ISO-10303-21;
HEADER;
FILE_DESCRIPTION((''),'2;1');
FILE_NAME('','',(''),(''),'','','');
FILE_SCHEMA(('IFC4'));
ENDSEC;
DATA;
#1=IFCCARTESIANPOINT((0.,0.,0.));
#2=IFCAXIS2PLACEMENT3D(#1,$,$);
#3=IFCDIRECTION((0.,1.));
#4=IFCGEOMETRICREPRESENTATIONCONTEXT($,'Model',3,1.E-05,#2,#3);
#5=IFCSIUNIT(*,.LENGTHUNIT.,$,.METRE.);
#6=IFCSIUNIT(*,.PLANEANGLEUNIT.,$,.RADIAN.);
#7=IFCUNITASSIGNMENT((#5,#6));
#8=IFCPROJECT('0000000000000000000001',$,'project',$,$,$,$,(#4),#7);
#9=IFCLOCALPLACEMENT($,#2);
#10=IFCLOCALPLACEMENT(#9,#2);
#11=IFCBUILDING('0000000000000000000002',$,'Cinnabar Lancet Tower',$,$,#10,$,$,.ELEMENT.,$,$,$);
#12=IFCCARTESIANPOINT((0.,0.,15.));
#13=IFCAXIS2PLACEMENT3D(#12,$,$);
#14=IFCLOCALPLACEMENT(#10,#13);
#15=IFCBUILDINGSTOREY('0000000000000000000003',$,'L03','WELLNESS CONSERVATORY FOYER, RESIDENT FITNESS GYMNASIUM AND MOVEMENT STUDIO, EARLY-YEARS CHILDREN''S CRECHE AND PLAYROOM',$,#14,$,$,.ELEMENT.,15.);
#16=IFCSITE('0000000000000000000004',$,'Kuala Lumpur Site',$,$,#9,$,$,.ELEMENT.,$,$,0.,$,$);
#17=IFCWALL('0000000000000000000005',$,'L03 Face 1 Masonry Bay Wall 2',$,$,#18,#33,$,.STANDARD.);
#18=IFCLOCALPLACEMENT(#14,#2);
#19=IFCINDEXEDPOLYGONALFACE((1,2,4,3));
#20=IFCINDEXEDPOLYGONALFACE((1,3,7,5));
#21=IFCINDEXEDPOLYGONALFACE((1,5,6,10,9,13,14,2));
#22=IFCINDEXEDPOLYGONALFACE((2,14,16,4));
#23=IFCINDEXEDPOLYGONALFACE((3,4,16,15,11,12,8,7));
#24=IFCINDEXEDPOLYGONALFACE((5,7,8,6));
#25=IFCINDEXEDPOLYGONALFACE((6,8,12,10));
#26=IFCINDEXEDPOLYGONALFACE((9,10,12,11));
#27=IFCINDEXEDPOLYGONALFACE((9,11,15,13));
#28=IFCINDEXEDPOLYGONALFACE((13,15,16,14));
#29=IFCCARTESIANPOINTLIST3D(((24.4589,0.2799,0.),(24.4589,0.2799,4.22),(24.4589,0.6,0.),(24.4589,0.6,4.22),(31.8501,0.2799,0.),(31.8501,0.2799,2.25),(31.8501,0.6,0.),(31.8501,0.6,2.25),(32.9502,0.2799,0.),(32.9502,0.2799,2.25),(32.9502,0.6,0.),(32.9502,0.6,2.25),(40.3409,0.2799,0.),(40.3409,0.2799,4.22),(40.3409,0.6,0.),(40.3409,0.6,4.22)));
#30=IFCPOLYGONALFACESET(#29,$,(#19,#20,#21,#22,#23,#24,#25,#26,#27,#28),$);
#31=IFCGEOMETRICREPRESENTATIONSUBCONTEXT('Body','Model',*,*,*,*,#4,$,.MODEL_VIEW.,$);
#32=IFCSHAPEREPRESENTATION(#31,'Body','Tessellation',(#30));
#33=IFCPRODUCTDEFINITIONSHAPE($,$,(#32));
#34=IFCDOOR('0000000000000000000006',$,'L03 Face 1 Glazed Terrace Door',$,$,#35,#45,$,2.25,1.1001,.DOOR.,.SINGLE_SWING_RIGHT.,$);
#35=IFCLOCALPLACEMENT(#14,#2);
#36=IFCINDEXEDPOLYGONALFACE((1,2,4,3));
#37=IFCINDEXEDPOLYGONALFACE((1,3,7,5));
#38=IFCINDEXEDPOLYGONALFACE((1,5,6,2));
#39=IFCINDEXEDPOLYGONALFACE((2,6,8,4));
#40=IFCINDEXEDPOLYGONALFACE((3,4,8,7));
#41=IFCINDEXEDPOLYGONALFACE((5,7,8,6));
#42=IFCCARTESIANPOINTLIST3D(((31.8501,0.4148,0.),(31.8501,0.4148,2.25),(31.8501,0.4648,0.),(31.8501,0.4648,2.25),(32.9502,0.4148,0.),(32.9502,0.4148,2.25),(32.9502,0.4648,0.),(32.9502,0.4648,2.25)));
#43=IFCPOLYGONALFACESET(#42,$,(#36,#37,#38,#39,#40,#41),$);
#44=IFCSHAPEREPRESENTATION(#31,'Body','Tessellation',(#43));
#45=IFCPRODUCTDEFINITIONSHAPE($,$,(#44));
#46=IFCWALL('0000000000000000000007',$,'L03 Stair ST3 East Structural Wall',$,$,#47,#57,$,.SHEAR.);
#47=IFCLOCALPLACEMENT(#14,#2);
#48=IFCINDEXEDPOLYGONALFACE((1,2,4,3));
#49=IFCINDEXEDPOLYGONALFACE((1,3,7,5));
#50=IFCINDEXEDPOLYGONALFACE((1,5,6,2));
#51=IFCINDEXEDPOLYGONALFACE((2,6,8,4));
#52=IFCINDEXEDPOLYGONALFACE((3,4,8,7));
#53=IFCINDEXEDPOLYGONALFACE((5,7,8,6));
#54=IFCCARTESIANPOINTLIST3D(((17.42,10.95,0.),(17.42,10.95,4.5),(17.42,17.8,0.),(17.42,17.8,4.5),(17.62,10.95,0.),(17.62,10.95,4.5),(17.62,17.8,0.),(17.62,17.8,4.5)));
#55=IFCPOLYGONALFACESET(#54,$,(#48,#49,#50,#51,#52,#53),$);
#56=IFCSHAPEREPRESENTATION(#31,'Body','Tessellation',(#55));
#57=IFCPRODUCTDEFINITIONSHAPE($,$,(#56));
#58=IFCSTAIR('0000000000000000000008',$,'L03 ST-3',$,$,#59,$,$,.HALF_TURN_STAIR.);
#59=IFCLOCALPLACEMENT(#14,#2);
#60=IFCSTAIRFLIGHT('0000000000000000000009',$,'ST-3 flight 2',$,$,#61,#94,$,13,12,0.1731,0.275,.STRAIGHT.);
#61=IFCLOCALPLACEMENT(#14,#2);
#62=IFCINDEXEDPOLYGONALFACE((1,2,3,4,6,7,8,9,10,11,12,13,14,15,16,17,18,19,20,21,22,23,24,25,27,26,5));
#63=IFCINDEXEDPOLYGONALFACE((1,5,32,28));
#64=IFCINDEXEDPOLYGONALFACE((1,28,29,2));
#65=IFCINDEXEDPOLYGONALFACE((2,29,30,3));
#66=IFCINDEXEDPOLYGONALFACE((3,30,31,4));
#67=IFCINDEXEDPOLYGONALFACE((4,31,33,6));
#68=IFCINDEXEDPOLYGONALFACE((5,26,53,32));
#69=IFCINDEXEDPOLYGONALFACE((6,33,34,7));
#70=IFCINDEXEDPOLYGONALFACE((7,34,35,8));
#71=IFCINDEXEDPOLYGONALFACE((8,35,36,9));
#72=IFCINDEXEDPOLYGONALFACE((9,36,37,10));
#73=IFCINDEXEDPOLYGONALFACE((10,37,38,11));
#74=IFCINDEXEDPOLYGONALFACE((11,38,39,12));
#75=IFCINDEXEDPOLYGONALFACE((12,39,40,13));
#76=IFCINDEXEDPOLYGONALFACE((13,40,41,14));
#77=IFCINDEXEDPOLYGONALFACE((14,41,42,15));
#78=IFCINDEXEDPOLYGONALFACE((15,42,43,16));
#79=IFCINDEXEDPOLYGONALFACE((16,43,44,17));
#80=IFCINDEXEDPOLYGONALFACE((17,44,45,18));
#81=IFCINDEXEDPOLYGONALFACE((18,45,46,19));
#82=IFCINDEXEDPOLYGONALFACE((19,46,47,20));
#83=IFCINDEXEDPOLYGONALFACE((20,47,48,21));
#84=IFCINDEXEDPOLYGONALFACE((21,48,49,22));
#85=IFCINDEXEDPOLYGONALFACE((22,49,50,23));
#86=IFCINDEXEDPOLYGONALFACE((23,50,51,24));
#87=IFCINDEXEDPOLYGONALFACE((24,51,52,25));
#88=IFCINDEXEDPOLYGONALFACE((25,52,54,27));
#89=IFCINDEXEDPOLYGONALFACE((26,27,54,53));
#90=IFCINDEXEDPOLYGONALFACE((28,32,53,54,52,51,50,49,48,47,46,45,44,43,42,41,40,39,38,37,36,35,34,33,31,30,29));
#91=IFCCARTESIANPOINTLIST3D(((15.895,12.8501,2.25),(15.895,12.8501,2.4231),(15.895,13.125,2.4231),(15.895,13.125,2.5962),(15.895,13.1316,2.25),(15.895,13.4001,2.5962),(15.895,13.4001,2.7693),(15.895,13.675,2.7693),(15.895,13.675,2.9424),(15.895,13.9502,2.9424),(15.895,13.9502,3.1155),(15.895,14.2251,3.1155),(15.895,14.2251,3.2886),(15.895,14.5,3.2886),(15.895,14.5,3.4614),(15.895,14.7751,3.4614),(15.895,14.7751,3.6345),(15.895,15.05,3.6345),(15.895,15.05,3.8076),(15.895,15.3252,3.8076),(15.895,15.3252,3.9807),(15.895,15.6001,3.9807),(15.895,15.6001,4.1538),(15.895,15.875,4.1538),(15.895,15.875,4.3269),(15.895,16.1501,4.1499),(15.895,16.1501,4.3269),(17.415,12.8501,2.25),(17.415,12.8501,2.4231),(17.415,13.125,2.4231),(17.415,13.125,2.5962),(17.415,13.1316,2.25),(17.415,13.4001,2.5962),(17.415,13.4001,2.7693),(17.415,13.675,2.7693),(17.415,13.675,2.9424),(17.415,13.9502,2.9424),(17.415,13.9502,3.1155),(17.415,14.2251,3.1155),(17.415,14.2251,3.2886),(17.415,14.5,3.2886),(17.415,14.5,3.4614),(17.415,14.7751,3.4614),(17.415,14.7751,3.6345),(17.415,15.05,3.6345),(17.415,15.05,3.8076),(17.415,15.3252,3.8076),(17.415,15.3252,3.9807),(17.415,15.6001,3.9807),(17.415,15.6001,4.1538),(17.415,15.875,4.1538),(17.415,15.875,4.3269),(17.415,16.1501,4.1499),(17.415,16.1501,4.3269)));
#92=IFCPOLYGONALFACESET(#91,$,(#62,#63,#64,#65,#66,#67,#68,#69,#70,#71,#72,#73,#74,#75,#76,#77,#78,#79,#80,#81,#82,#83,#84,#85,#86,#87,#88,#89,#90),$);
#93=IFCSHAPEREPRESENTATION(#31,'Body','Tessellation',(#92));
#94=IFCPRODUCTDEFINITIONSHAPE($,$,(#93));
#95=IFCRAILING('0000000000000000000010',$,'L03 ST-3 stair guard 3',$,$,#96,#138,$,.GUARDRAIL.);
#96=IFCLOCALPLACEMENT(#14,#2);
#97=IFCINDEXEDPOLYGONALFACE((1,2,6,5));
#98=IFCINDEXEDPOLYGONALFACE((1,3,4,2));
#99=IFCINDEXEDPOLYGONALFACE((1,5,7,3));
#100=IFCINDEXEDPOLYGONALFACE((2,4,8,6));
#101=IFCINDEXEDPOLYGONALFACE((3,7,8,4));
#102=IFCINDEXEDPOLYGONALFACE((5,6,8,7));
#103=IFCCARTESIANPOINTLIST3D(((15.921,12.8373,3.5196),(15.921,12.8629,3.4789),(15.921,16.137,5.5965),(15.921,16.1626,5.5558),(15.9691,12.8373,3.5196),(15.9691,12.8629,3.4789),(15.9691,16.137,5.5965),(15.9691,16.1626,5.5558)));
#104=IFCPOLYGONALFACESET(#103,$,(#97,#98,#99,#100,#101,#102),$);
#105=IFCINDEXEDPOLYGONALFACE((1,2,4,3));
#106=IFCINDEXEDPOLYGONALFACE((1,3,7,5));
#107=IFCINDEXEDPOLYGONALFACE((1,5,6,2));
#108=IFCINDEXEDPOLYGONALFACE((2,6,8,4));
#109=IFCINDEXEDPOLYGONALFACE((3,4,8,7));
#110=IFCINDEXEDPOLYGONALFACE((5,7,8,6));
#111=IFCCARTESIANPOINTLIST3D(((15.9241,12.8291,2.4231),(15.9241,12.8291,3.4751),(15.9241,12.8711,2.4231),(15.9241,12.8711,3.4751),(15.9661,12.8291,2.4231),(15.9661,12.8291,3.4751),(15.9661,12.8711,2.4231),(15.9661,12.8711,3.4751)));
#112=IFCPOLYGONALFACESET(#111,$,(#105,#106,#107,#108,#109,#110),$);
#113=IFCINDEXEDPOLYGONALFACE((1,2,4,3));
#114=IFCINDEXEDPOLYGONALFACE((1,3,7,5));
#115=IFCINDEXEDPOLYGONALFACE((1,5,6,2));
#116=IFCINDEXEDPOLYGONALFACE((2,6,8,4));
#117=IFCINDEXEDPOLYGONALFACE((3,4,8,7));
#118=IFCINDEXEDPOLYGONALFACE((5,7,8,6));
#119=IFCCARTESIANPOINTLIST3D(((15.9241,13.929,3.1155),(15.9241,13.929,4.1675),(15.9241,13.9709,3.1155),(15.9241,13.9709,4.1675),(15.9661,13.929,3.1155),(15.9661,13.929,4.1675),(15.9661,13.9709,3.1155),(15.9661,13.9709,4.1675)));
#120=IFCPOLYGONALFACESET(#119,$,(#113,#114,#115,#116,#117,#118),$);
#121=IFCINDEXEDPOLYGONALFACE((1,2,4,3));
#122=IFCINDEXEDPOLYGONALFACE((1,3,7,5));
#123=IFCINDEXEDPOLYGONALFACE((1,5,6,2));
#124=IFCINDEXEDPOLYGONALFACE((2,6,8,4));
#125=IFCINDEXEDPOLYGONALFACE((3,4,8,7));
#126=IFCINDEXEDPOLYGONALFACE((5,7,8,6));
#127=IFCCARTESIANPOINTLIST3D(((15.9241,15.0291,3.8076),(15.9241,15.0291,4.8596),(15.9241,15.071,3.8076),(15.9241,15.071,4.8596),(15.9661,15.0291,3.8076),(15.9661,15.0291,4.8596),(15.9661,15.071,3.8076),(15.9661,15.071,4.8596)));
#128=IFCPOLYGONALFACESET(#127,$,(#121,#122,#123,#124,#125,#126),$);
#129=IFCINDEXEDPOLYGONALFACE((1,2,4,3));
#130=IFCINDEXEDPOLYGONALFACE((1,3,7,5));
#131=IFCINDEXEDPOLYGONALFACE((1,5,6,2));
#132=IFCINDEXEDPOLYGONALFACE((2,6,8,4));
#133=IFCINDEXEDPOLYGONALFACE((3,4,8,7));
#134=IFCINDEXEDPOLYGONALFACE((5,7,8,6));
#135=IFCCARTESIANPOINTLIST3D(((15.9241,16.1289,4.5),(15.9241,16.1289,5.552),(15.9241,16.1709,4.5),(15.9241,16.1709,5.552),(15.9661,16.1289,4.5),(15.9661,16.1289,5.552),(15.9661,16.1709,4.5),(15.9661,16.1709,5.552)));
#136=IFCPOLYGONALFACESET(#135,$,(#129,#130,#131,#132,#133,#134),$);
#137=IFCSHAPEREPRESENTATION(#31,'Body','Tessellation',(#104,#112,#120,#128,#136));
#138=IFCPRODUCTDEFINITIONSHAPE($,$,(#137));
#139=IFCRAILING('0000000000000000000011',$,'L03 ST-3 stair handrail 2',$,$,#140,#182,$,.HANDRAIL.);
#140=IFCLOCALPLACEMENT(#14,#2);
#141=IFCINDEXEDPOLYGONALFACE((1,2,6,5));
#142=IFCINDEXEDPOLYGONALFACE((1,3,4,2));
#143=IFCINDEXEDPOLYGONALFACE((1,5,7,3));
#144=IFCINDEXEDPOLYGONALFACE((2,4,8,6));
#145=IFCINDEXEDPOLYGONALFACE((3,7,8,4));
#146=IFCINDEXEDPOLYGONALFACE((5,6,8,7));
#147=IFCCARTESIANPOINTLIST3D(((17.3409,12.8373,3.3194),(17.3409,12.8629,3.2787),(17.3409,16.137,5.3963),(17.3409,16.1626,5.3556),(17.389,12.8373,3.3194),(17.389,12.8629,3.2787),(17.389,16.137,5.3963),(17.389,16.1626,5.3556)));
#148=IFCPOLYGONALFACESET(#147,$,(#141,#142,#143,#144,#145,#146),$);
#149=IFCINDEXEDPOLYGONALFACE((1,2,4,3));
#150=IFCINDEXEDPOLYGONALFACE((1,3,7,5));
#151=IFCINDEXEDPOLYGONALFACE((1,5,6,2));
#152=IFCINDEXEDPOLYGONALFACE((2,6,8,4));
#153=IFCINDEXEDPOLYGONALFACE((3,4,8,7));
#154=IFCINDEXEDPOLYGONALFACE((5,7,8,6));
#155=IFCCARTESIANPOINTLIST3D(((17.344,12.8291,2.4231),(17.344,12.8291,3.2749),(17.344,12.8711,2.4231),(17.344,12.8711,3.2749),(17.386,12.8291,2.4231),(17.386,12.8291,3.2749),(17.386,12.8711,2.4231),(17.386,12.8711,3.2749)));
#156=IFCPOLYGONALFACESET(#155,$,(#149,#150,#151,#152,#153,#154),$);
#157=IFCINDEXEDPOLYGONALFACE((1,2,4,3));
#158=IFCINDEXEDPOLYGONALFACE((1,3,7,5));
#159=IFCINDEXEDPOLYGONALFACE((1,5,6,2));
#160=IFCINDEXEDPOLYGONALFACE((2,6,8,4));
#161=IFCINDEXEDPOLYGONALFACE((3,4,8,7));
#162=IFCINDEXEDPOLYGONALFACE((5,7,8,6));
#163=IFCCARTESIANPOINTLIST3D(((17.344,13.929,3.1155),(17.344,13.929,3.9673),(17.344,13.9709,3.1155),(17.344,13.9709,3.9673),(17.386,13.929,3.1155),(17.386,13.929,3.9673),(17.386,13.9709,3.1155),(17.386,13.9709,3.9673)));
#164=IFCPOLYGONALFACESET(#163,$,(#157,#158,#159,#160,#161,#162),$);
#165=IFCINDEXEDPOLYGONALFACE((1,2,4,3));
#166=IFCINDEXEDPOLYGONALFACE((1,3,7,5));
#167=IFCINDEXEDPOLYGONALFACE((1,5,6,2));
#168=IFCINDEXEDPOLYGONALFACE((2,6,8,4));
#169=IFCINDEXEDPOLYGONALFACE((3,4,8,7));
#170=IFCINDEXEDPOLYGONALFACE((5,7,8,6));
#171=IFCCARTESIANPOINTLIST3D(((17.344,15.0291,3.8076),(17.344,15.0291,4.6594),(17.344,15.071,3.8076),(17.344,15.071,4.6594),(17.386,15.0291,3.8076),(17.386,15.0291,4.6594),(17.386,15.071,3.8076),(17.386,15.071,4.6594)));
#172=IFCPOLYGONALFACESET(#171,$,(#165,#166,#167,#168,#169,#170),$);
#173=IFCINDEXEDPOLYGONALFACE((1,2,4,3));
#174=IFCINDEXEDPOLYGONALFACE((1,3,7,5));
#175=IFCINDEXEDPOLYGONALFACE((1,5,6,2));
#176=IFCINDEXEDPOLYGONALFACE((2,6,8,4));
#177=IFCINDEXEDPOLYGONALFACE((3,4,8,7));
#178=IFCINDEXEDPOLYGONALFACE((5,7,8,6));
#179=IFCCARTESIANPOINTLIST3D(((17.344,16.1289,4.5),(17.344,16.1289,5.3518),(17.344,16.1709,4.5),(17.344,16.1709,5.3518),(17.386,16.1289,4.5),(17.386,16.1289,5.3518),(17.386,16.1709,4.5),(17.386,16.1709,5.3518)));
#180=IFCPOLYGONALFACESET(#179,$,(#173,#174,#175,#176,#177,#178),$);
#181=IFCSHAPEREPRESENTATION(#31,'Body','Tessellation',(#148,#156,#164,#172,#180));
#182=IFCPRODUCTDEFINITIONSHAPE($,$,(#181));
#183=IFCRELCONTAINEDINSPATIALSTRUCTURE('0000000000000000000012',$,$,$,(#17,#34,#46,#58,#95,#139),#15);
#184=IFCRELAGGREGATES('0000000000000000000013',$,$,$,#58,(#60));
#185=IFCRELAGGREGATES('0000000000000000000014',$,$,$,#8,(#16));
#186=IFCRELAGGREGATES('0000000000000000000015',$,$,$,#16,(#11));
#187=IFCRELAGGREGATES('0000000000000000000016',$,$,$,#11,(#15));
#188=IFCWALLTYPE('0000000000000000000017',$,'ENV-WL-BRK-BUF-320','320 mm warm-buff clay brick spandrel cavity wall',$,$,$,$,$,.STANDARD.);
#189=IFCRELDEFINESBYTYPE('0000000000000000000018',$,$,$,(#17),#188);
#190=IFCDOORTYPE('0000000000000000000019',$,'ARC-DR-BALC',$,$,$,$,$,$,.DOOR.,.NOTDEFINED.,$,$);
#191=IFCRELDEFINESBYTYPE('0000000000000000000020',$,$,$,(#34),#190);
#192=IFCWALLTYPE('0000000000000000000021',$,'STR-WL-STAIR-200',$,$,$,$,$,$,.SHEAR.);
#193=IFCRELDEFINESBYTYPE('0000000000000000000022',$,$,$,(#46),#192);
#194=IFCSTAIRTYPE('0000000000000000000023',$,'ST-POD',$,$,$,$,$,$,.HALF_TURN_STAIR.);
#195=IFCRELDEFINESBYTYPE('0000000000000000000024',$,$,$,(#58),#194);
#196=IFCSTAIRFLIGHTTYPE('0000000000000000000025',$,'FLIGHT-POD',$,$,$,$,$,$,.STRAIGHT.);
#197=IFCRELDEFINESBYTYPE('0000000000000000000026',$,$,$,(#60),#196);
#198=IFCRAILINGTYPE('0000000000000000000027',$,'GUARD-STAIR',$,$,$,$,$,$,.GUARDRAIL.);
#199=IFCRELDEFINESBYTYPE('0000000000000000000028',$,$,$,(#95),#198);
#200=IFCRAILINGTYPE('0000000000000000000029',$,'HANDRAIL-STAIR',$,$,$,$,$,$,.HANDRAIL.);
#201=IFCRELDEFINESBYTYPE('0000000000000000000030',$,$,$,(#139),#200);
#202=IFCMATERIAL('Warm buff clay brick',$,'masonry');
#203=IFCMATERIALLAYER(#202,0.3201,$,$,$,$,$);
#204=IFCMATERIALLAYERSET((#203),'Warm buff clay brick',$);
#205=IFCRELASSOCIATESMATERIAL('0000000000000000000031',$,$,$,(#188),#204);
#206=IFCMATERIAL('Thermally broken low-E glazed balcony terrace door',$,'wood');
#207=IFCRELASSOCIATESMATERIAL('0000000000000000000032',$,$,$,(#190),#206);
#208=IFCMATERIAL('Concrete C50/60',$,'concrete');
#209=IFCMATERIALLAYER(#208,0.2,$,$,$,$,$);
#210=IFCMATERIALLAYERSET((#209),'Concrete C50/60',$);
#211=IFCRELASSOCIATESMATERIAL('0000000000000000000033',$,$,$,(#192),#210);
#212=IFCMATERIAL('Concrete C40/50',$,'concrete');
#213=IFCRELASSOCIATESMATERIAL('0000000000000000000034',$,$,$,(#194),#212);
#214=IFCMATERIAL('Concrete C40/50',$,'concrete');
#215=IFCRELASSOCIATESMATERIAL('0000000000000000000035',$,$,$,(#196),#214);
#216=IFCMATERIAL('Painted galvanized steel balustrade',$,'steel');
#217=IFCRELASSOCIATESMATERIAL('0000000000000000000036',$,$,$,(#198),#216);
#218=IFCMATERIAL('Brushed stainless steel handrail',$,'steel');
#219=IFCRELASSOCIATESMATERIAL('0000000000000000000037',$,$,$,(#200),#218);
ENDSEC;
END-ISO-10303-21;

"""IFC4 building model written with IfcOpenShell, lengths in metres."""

from ifc_helpers import new_model, si_unit, direction, frame, frame_2d, origin, origin_2d, place, context, subcontext, project, spatial, polyline, rectangle, outline, extrude, material, layer, layer_set, type_object, element, fill, aggregate, save


model = new_model("IFC4")

# Units and contexts
model_context = context("Model", 3, precision=1e-05, world=origin(), true_north=direction((0.0, 1.0)))
body_context = subcontext(model_context, "Body", "Model", "MODEL_VIEW")
ifc_project = project(units=[si_unit("LENGTHUNIT", "METRE"), si_unit("PLANEANGLEUNIT", "RADIAN")], contexts=[model_context])

# Site, building, storey
site_placement = place(None, origin())
site = spatial("IfcSite", under=ifc_project, at=site_placement, Name="Kuala Lumpur Site", CompositionType="ELEMENT", RefElevation=0.0)
building_placement = place(site_placement, origin())
building = spatial("IfcBuilding", under=site, at=building_placement, Name="Cinnabar Lancet Tower", CompositionType="ELEMENT")
storey_placement = place(building_placement, frame((0.0, 0.0, 15.0)))
storey = spatial("IfcBuildingStorey", under=building, at=storey_placement, Name="L03", Description="WELLNESS CONSERVATORY FOYER, RESIDENT FITNESS GYMNASIUM AND MOVEMENT STUDIO, EARLY-YEARS CHILDREN'S CRECHE AND PLAYROOM", CompositionType="ELEMENT", Elevation=15.0)

# Shared definitions
ifc_material_1 = material(Name="Warm buff clay brick", Category="masonry")
ifc_layer_1 = layer(ifc_material_1, 0.3201)
ifc_layer_set_1 = layer_set([ifc_layer_1], Name="Warm buff clay brick")
wall_type_1 = type_object("IfcWallType", Name="ENV-WL-BRK-BUF-320", Description="320 mm warm-buff clay brick spandrel cavity wall", PredefinedType="STANDARD", material=ifc_layer_set_1)

# Wall, opening, door
wall_1_placement = place(storey_placement, frame((24.459, 0.4399, 0.0), z_axis=(0.0, 0.0, 1.0), x_axis=(1.0, 0.0, 0.0)))
wall_1 = element("IfcWall", 1, at=wall_1_placement, inside=storey, type_object=wall_type_1, Name="L03 Face 1 Masonry Bay Wall 2", PredefinedType="STANDARD", context=body_context, shape_type="SweptSolid", body=[
    extrude(rectangle(XDim=15.8821, YDim=0.3201, at=frame_2d((7.9409, 0.0))), origin(), (0.0, 0.0, 1.0), 4.22),
])
opening_1_placement = place(wall_1_placement, frame((7.3911, 0.0, 0.0)))
opening_1 = element("IfcOpeningElement", 2, at=opening_1_placement, cuts=wall_1, PredefinedType="OPENING", context=body_context, shape_type="SweptSolid", body=[
    extrude(rectangle(XDim=1.1001, YDim=2.25, at=frame_2d((0.55, 1.125))), frame((0.0, 0.1699, 0.0), z_axis=(0.0, -1.0, 0.0), x_axis=(1.0, 0.0, 0.0)), (0.0, 0.0, 1.0), 0.3401),
])
ifc_material_2 = material(Name="Thermally broken low-E glazed balcony terrace door", Category="wood")
door_type_1 = type_object("IfcDoorType", Name="ARC-DR-BALC", OperationType="NOTDEFINED", PredefinedType="DOOR", material=ifc_material_2)
door_1_placement = place(opening_1_placement, origin())
door_1 = element("IfcDoor", 3, at=door_1_placement, inside=storey, type_object=door_type_1, Name="L03 Face 1 Glazed Terrace Door", OperationType="SINGLE_SWING_RIGHT", OverallHeight=2.25, OverallWidth=1.1001, PredefinedType="DOOR", context=body_context, shape_type="SweptSolid", body=[
    extrude(rectangle(XDim=1.1001, YDim=2.25, at=frame_2d((0.55, 1.125))), frame((0.0, 0.0249, 0.0), z_axis=(0.0, -1.0, 0.0), x_axis=(1.0, 0.0, 0.0)), (0.0, 0.0, 1.0), 0.05),
])
fill(opening_1, door_1)

# Wall
ifc_material_3 = material(Name="Concrete C50/60", Category="concrete")
ifc_layer_2 = layer(ifc_material_3, 0.2)
ifc_layer_set_2 = layer_set([ifc_layer_2], Name="Concrete C50/60")
wall_type_2 = type_object("IfcWallType", Name="STR-WL-STAIR-200", PredefinedType="SHEAR", material=ifc_layer_set_2)
wall_2_placement = place(storey_placement, frame((17.52, 10.95, 0.0), z_axis=(0.0, 0.0, 1.0), x_axis=(0.0, 1.0, 0.0)))
element("IfcWall", 4, at=wall_2_placement, inside=storey, type_object=wall_type_2, Name="L03 Stair ST3 East Structural Wall", PredefinedType="SHEAR", context=body_context, shape_type="SweptSolid", body=[
    extrude(rectangle(XDim=6.8501, YDim=0.2, at=frame_2d((3.425, 0.0))), origin(), (0.0, 0.0, 1.0), 4.5),
])

# Stair, stair flight
ifc_material_4 = material(Name="Concrete C40/50", Category="concrete")
stair_type = type_object("IfcStairType", Name="ST-POD", PredefinedType="HALF_TURN_STAIR", material=ifc_material_4)
stair_placement = place(storey_placement, origin())
stair = element("IfcStair", 5, at=stair_placement, inside=storey, type_object=stair_type, Name="L03 ST-3", PredefinedType="HALF_TURN_STAIR")
ifc_material_5 = material(Name="Concrete C40/50", Category="concrete")
stair_flight_type = type_object("IfcStairFlightType", Name="FLIGHT-POD", PredefinedType="STRAIGHT", material=ifc_material_5)
stair_flight_placement = place(storey_placement, frame((16.655, 12.8501, 2.25), z_axis=(0.0, 0.0, 1.0), x_axis=(0.0, 1.0, 0.0)))
stair_flight = element("IfcStairFlight", 6, at=stair_flight_placement, type_object=stair_flight_type, Name="ST-3 flight 2", NumberOfRisers=13, NumberOfTreads=12, PredefinedType="STRAIGHT", RiserHeight=0.1731, TreadLength=0.275, context=body_context, shape_type="SweptSolid", body=[
    extrude(outline(polyline([(0.0, 0.0), (0.0, 0.1731), (0.2749, 0.1731), (0.2749, 0.3462), (0.55, 0.3462), (0.55, 0.5193), (0.825, 0.5193), (0.825, 0.6924), (1.1001, 0.6924), (1.1001, 0.8655), (1.375, 0.8655), (1.375, 1.0386), (1.6499, 1.0386), (1.6499, 1.2114), (1.925, 1.2114), (1.925, 1.3845), (2.2, 1.3845), (2.2, 1.5576), (2.4751, 1.5576), (2.4751, 1.7307), (2.75, 1.7307), (2.75, 1.9038), (3.0249, 1.9038), (3.0249, 2.0769), (3.3, 2.0769), (3.3, 2.25), (3.3, 1.8999), (0.2815, 0.0), (0.0, 0.0)])), frame((0.0, 0.76, 0.0), z_axis=(0.0, -1.0, 0.0), x_axis=(1.0, 0.0, 0.0)), (0.0, 0.0, 1.0), 1.52),
])
aggregate(stair, [stair_flight])

# Railings
ifc_material_6 = material(Name="Painted galvanized steel balustrade", Category="steel")
railing_type_1 = type_object("IfcRailingType", Name="GUARD-STAIR", PredefinedType="GUARDRAIL", material=ifc_material_6)
railing_1_placement = place(storey_placement, frame((15.9451, 12.8501, 2.4231)))
element("IfcRailing", 7, at=railing_1_placement, inside=storey, type_object=railing_type_1, Name="L03 ST-3 stair guard 3", PredefinedType="GUARDRAIL", context=body_context, shape_type="SweptSolid", body=[
    extrude(rectangle(XDim=0.0481, YDim=0.0481, at=origin_2d()), frame((0.0, 0.0, 1.0762), z_axis=(0.0, 0.84632, 0.532675), x_axis=(-1.0, 0.0, 0.0)), (0.0, 0.0, 1.0), 3.8989),
    extrude(rectangle(XDim=0.042, YDim=0.042, at=origin_2d()), origin(), (0.0, 0.0, 1.0), 1.052),
    extrude(rectangle(XDim=0.042, YDim=0.042, at=origin_2d()), frame((0.0, 1.0999, 0.6924)), (0.0, 0.0, 1.0), 1.052),
    extrude(rectangle(XDim=0.042, YDim=0.042, at=origin_2d()), frame((0.0, 2.2, 1.3845)), (0.0, 0.0, 1.0), 1.052),
    extrude(rectangle(XDim=0.042, YDim=0.042, at=origin_2d()), frame((0.0, 3.2998, 2.0769)), (0.0, 0.0, 1.0), 1.052),
])
ifc_material_7 = material(Name="Brushed stainless steel handrail", Category="steel")
railing_type_2 = type_object("IfcRailingType", Name="HANDRAIL-STAIR", PredefinedType="HANDRAIL", material=ifc_material_7)
railing_2_placement = place(storey_placement, frame((17.365, 12.8501, 2.4231)))
element("IfcRailing", 8, at=railing_2_placement, inside=storey, type_object=railing_type_2, Name="L03 ST-3 stair handrail 2", PredefinedType="HANDRAIL", context=body_context, shape_type="SweptSolid", body=[
    extrude(rectangle(XDim=0.0481, YDim=0.0481, at=origin_2d()), frame((0.0, 0.0, 0.876), z_axis=(0.0, 0.84632, 0.532675), x_axis=(-1.0, 0.0, 0.0)), (0.0, 0.0, 1.0), 3.8989),
    extrude(rectangle(XDim=0.042, YDim=0.042, at=origin_2d()), origin(), (0.0, 0.0, 1.0), 0.8518),
    extrude(rectangle(XDim=0.042, YDim=0.042, at=origin_2d()), frame((0.0, 1.0999, 0.6924)), (0.0, 0.0, 1.0), 0.8518),
    extrude(rectangle(XDim=0.042, YDim=0.042, at=origin_2d()), frame((0.0, 2.2, 1.3845)), (0.0, 0.0, 1.0), 0.8518),
    extrude(rectangle(XDim=0.042, YDim=0.042, at=origin_2d()), frame((0.0, 3.2998, 2.0769)), (0.0, 0.0, 1.0), 0.8518),
])

save(model, "model.ifc")
